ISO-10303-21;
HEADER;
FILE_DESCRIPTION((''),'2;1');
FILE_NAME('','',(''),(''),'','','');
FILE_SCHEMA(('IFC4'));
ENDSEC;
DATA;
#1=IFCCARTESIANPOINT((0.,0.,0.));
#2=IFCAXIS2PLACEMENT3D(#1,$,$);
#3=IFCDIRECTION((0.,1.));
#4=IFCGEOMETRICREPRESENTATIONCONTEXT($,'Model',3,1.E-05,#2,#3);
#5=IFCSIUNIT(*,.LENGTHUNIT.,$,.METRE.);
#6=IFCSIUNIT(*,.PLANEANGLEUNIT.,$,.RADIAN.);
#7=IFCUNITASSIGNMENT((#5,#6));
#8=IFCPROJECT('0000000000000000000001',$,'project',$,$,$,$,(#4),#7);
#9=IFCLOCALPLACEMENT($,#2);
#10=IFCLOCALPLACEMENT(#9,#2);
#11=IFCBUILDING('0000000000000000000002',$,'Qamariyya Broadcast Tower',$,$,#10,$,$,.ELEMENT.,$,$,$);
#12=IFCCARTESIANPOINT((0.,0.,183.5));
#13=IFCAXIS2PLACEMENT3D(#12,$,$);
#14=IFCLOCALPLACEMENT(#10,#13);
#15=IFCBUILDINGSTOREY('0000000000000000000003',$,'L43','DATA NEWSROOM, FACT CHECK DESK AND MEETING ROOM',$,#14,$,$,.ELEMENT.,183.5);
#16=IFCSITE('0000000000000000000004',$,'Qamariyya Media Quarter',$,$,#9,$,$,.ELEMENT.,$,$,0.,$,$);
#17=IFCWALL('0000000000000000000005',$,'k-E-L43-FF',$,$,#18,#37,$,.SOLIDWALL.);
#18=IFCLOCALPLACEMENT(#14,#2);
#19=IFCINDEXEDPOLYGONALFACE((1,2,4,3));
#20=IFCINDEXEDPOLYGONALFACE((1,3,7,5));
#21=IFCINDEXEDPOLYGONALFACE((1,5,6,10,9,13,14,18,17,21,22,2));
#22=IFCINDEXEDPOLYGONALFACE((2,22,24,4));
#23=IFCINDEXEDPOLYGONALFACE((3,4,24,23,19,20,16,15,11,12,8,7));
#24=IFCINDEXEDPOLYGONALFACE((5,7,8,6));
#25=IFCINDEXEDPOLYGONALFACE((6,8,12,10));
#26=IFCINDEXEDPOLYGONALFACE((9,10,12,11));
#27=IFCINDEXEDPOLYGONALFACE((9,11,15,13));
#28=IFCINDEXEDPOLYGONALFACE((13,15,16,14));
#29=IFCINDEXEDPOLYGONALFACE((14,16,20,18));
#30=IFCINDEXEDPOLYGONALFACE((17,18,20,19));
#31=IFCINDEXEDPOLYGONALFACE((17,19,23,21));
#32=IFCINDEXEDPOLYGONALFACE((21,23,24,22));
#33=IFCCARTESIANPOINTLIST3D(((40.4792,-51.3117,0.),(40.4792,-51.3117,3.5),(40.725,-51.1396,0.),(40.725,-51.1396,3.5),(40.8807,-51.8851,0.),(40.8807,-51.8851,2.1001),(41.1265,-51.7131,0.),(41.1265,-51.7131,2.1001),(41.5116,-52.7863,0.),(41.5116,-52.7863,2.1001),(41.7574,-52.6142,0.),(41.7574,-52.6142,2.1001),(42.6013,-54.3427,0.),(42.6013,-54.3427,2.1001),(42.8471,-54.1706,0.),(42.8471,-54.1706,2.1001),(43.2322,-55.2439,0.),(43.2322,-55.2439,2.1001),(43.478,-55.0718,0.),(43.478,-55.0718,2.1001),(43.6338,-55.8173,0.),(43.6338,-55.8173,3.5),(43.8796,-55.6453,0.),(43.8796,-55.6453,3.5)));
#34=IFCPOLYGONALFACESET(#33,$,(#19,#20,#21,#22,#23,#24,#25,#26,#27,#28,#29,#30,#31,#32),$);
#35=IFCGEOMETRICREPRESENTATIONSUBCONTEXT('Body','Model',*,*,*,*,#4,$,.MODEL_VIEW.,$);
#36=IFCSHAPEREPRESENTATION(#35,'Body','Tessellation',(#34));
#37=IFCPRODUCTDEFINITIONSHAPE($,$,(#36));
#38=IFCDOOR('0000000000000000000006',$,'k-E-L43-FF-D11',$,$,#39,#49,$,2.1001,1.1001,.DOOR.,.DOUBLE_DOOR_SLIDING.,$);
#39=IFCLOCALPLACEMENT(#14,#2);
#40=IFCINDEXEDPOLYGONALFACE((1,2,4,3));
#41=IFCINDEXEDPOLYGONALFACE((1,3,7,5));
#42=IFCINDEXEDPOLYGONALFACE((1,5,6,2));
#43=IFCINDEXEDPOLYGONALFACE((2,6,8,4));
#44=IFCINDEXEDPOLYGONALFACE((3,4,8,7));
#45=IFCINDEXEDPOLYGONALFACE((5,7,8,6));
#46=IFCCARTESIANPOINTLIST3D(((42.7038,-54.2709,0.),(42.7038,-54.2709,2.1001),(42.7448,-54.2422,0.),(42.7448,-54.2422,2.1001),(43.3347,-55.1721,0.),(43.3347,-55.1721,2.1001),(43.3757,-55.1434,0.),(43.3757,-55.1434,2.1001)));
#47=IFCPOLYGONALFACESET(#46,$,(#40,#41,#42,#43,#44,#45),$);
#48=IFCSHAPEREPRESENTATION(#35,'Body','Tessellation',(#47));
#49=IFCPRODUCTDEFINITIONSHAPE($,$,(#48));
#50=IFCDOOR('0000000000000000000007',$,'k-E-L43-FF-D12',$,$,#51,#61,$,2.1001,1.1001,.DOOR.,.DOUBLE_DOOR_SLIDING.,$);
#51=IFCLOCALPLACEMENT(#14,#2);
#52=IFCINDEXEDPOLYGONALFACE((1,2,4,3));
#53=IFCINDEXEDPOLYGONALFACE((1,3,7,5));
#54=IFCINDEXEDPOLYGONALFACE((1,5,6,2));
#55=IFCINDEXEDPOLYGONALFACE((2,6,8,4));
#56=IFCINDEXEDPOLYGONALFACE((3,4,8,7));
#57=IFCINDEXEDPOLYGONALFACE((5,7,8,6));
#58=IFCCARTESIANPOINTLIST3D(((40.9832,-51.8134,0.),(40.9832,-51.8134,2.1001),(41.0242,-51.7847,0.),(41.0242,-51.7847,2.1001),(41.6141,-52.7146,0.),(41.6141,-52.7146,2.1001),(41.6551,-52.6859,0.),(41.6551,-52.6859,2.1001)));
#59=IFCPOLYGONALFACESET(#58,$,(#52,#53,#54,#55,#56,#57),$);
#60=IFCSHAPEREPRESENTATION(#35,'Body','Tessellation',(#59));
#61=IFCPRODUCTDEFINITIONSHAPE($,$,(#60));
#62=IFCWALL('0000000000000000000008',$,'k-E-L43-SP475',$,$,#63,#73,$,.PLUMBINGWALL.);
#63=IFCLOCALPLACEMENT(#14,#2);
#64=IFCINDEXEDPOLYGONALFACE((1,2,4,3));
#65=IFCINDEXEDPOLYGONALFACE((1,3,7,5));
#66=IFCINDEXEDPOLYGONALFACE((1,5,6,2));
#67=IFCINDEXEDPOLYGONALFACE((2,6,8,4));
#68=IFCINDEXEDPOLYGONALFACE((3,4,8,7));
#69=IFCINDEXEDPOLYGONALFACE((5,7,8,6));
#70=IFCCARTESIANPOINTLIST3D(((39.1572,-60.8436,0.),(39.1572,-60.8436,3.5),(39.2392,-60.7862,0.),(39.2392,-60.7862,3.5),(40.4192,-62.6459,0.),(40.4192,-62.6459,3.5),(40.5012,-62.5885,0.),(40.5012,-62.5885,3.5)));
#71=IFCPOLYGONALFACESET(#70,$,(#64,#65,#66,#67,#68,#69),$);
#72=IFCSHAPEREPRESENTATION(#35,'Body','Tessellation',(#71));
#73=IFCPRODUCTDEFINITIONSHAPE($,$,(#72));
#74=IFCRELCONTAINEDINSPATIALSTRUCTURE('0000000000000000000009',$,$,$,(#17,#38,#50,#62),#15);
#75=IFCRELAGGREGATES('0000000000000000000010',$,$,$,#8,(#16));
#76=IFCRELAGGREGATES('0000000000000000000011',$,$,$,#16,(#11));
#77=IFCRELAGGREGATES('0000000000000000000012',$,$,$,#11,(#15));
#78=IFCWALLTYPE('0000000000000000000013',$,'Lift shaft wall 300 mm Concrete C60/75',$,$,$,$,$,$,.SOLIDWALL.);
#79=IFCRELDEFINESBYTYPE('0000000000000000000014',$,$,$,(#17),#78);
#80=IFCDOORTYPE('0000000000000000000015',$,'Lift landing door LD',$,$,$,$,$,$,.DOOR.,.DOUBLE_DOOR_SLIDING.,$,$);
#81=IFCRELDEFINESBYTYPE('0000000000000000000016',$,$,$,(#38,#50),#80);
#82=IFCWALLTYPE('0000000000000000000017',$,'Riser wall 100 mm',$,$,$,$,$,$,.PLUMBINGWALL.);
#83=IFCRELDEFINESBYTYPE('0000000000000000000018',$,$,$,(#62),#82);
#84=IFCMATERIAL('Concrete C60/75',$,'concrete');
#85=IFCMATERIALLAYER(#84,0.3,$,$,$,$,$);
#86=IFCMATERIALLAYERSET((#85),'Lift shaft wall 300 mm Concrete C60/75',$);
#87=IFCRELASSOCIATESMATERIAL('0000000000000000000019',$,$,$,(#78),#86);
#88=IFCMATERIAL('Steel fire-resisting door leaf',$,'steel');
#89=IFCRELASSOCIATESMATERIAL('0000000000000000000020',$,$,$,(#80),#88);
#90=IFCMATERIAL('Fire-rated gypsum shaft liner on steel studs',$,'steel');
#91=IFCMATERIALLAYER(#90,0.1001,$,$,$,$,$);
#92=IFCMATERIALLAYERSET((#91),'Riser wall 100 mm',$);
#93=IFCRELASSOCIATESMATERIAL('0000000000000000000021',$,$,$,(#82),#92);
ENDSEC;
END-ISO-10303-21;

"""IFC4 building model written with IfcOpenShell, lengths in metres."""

from ifc_helpers import new_model, si_unit, direction, frame, frame_2d, origin, place, context, subcontext, project, spatial, rectangle, extrude, material, layer, layer_set, type_object, element, fill, save


model = new_model("IFC4")

# Units and contexts
model_context = context("Model", 3, precision=1e-05, world=origin(), true_north=direction((0.0, 1.0)))
body_context = subcontext(model_context, "Body", "Model", "MODEL_VIEW")
ifc_project = project(units=[si_unit("LENGTHUNIT", "METRE"), si_unit("PLANEANGLEUNIT", "RADIAN")], contexts=[model_context])

# Site, building, storey
site_placement = place(None, origin())
site = spatial("IfcSite", under=ifc_project, at=site_placement, Name="Qamariyya Media Quarter", CompositionType="ELEMENT", RefElevation=0.0)
building_placement = place(site_placement, origin())
building = spatial("IfcBuilding", under=site, at=building_placement, Name="Qamariyya Broadcast Tower", CompositionType="ELEMENT")
storey_placement = place(building_placement, frame((0.0, 0.0, 183.5)))
storey = spatial("IfcBuildingStorey", under=building, at=storey_placement, Name="L43", Description="DATA NEWSROOM, FACT CHECK DESK AND MEETING ROOM", CompositionType="ELEMENT", Elevation=183.5)

# Shared definitions
ifc_material_1 = material(Name="Concrete C60/75", Category="concrete")

# Shared definitions
ifc_material_2 = material(Name="Steel fire-resisting door leaf", Category="steel")

# Shared definitions
ifc_layer_1 = layer(ifc_material_1, 0.3)
ifc_layer_set_1 = layer_set([ifc_layer_1], Name="Lift shaft wall 300 mm Concrete C60/75")
wall_type_1 = type_object("IfcWallType", Name="Lift shaft wall 300 mm Concrete C60/75", PredefinedType="SOLIDWALL", material=ifc_layer_set_1)

# Wall, openings, doors
wall_1_placement = place(storey_placement, frame((43.7566, -55.7312, 0.0), z_axis=(0.0, 0.0, 1.0), x_axis=(-0.573537, 0.81918, 0.0)))
wall_1 = element("IfcWall", 1, at=wall_1_placement, inside=storey, type_object=wall_type_1, Name="k-E-L43-FF", PredefinedType="SOLIDWALL", context=body_context, shape_type="SweptSolid", body=[
    extrude(rectangle(XDim=5.5002, YDim=0.3, at=frame_2d((2.75, 0.0))), origin(), (0.0, 0.0, 1.0), 3.5),
])
opening_1_placement = place(wall_1_placement, frame((0.7, 0.0, 0.0)))
opening_1 = element("IfcOpeningElement", 2, at=opening_1_placement, cuts=wall_1, PredefinedType="OPENING", context=body_context, shape_type="SweptSolid", body=[
    extrude(rectangle(XDim=1.1001, YDim=2.1001, at=frame_2d((0.55, 1.05))), frame((0.0, 0.1599, 0.0), z_axis=(0.0, -1.0, 0.0), x_axis=(1.0, 0.0, 0.0)), (0.0, 0.0, 1.0), 0.3201),
])
opening_2_placement = place(wall_1_placement, frame((3.7, 0.0, 0.0)))
opening_2 = element("IfcOpeningElement", 3, at=opening_2_placement, cuts=wall_1, PredefinedType="OPENING", context=body_context, shape_type="SweptSolid", body=[
    extrude(rectangle(XDim=1.1001, YDim=2.1001, at=frame_2d((0.55, 1.05))), frame((0.0, 0.1599, 0.0), z_axis=(0.0, -1.0, 0.0), x_axis=(1.0, 0.0, 0.0)), (0.0, 0.0, 1.0), 0.3201),
])
door_type_1 = type_object("IfcDoorType", Name="Lift landing door LD", OperationType="DOUBLE_DOOR_SLIDING", PredefinedType="DOOR", material=ifc_material_2)
door_1_placement = place(opening_1_placement, origin())
door_1 = element("IfcDoor", 4, at=door_1_placement, inside=storey, type_object=door_type_1, Name="k-E-L43-FF-D11", OperationType="DOUBLE_DOOR_SLIDING", OverallHeight=2.1001, OverallWidth=1.1001, PredefinedType="DOOR", context=body_context, shape_type="SweptSolid", body=[
    extrude(rectangle(XDim=1.1001, YDim=2.1001, at=frame_2d((0.55, 1.05))), frame((0.0, 0.0249, 0.0), z_axis=(0.0, -1.0, 0.0), x_axis=(1.0, 0.0, 0.0)), (0.0, 0.0, 1.0), 0.05),
])
fill(opening_1, door_1)
door_2_placement = place(opening_2_placement, origin())
door_2 = element("IfcDoor", 5, at=door_2_placement, inside=storey, type_object=door_type_1, Name="k-E-L43-FF-D12", OperationType="DOUBLE_DOOR_SLIDING", OverallHeight=2.1001, OverallWidth=1.1001, PredefinedType="DOOR", context=body_context, shape_type="SweptSolid", body=[
    extrude(rectangle(XDim=1.1001, YDim=2.1001, at=frame_2d((0.55, 1.05))), frame((0.0, 0.0249, 0.0), z_axis=(0.0, -1.0, 0.0), x_axis=(1.0, 0.0, 0.0)), (0.0, 0.0, 1.0), 0.05),
])
fill(opening_2, door_2)

# Wall
ifc_material_3 = material(Name="Fire-rated gypsum shaft liner on steel studs", Category="steel")
ifc_layer_2 = layer(ifc_material_3, 0.1001)
ifc_layer_set_2 = layer_set([ifc_layer_2], Name="Riser wall 100 mm")
wall_type_2 = type_object("IfcWallType", Name="Riser wall 100 mm", PredefinedType="PLUMBINGWALL", material=ifc_layer_set_2)
wall_2_placement = place(storey_placement, frame((39.1982, -60.8149, 0.0), z_axis=(0.0, 0.0, 1.0), x_axis=(0.573581, -0.819149, 0.0)))
element("IfcWall", 6, at=wall_2_placement, inside=storey, type_object=wall_type_2, Name="k-E-L43-SP475", PredefinedType="PLUMBINGWALL", context=body_context, shape_type="SweptSolid", body=[
    extrude(rectangle(XDim=2.2002, YDim=0.1001, at=frame_2d((1.1001, 0.0))), origin(), (0.0, 0.0, 1.0), 3.5),
])

save(model, "model.ifc")
